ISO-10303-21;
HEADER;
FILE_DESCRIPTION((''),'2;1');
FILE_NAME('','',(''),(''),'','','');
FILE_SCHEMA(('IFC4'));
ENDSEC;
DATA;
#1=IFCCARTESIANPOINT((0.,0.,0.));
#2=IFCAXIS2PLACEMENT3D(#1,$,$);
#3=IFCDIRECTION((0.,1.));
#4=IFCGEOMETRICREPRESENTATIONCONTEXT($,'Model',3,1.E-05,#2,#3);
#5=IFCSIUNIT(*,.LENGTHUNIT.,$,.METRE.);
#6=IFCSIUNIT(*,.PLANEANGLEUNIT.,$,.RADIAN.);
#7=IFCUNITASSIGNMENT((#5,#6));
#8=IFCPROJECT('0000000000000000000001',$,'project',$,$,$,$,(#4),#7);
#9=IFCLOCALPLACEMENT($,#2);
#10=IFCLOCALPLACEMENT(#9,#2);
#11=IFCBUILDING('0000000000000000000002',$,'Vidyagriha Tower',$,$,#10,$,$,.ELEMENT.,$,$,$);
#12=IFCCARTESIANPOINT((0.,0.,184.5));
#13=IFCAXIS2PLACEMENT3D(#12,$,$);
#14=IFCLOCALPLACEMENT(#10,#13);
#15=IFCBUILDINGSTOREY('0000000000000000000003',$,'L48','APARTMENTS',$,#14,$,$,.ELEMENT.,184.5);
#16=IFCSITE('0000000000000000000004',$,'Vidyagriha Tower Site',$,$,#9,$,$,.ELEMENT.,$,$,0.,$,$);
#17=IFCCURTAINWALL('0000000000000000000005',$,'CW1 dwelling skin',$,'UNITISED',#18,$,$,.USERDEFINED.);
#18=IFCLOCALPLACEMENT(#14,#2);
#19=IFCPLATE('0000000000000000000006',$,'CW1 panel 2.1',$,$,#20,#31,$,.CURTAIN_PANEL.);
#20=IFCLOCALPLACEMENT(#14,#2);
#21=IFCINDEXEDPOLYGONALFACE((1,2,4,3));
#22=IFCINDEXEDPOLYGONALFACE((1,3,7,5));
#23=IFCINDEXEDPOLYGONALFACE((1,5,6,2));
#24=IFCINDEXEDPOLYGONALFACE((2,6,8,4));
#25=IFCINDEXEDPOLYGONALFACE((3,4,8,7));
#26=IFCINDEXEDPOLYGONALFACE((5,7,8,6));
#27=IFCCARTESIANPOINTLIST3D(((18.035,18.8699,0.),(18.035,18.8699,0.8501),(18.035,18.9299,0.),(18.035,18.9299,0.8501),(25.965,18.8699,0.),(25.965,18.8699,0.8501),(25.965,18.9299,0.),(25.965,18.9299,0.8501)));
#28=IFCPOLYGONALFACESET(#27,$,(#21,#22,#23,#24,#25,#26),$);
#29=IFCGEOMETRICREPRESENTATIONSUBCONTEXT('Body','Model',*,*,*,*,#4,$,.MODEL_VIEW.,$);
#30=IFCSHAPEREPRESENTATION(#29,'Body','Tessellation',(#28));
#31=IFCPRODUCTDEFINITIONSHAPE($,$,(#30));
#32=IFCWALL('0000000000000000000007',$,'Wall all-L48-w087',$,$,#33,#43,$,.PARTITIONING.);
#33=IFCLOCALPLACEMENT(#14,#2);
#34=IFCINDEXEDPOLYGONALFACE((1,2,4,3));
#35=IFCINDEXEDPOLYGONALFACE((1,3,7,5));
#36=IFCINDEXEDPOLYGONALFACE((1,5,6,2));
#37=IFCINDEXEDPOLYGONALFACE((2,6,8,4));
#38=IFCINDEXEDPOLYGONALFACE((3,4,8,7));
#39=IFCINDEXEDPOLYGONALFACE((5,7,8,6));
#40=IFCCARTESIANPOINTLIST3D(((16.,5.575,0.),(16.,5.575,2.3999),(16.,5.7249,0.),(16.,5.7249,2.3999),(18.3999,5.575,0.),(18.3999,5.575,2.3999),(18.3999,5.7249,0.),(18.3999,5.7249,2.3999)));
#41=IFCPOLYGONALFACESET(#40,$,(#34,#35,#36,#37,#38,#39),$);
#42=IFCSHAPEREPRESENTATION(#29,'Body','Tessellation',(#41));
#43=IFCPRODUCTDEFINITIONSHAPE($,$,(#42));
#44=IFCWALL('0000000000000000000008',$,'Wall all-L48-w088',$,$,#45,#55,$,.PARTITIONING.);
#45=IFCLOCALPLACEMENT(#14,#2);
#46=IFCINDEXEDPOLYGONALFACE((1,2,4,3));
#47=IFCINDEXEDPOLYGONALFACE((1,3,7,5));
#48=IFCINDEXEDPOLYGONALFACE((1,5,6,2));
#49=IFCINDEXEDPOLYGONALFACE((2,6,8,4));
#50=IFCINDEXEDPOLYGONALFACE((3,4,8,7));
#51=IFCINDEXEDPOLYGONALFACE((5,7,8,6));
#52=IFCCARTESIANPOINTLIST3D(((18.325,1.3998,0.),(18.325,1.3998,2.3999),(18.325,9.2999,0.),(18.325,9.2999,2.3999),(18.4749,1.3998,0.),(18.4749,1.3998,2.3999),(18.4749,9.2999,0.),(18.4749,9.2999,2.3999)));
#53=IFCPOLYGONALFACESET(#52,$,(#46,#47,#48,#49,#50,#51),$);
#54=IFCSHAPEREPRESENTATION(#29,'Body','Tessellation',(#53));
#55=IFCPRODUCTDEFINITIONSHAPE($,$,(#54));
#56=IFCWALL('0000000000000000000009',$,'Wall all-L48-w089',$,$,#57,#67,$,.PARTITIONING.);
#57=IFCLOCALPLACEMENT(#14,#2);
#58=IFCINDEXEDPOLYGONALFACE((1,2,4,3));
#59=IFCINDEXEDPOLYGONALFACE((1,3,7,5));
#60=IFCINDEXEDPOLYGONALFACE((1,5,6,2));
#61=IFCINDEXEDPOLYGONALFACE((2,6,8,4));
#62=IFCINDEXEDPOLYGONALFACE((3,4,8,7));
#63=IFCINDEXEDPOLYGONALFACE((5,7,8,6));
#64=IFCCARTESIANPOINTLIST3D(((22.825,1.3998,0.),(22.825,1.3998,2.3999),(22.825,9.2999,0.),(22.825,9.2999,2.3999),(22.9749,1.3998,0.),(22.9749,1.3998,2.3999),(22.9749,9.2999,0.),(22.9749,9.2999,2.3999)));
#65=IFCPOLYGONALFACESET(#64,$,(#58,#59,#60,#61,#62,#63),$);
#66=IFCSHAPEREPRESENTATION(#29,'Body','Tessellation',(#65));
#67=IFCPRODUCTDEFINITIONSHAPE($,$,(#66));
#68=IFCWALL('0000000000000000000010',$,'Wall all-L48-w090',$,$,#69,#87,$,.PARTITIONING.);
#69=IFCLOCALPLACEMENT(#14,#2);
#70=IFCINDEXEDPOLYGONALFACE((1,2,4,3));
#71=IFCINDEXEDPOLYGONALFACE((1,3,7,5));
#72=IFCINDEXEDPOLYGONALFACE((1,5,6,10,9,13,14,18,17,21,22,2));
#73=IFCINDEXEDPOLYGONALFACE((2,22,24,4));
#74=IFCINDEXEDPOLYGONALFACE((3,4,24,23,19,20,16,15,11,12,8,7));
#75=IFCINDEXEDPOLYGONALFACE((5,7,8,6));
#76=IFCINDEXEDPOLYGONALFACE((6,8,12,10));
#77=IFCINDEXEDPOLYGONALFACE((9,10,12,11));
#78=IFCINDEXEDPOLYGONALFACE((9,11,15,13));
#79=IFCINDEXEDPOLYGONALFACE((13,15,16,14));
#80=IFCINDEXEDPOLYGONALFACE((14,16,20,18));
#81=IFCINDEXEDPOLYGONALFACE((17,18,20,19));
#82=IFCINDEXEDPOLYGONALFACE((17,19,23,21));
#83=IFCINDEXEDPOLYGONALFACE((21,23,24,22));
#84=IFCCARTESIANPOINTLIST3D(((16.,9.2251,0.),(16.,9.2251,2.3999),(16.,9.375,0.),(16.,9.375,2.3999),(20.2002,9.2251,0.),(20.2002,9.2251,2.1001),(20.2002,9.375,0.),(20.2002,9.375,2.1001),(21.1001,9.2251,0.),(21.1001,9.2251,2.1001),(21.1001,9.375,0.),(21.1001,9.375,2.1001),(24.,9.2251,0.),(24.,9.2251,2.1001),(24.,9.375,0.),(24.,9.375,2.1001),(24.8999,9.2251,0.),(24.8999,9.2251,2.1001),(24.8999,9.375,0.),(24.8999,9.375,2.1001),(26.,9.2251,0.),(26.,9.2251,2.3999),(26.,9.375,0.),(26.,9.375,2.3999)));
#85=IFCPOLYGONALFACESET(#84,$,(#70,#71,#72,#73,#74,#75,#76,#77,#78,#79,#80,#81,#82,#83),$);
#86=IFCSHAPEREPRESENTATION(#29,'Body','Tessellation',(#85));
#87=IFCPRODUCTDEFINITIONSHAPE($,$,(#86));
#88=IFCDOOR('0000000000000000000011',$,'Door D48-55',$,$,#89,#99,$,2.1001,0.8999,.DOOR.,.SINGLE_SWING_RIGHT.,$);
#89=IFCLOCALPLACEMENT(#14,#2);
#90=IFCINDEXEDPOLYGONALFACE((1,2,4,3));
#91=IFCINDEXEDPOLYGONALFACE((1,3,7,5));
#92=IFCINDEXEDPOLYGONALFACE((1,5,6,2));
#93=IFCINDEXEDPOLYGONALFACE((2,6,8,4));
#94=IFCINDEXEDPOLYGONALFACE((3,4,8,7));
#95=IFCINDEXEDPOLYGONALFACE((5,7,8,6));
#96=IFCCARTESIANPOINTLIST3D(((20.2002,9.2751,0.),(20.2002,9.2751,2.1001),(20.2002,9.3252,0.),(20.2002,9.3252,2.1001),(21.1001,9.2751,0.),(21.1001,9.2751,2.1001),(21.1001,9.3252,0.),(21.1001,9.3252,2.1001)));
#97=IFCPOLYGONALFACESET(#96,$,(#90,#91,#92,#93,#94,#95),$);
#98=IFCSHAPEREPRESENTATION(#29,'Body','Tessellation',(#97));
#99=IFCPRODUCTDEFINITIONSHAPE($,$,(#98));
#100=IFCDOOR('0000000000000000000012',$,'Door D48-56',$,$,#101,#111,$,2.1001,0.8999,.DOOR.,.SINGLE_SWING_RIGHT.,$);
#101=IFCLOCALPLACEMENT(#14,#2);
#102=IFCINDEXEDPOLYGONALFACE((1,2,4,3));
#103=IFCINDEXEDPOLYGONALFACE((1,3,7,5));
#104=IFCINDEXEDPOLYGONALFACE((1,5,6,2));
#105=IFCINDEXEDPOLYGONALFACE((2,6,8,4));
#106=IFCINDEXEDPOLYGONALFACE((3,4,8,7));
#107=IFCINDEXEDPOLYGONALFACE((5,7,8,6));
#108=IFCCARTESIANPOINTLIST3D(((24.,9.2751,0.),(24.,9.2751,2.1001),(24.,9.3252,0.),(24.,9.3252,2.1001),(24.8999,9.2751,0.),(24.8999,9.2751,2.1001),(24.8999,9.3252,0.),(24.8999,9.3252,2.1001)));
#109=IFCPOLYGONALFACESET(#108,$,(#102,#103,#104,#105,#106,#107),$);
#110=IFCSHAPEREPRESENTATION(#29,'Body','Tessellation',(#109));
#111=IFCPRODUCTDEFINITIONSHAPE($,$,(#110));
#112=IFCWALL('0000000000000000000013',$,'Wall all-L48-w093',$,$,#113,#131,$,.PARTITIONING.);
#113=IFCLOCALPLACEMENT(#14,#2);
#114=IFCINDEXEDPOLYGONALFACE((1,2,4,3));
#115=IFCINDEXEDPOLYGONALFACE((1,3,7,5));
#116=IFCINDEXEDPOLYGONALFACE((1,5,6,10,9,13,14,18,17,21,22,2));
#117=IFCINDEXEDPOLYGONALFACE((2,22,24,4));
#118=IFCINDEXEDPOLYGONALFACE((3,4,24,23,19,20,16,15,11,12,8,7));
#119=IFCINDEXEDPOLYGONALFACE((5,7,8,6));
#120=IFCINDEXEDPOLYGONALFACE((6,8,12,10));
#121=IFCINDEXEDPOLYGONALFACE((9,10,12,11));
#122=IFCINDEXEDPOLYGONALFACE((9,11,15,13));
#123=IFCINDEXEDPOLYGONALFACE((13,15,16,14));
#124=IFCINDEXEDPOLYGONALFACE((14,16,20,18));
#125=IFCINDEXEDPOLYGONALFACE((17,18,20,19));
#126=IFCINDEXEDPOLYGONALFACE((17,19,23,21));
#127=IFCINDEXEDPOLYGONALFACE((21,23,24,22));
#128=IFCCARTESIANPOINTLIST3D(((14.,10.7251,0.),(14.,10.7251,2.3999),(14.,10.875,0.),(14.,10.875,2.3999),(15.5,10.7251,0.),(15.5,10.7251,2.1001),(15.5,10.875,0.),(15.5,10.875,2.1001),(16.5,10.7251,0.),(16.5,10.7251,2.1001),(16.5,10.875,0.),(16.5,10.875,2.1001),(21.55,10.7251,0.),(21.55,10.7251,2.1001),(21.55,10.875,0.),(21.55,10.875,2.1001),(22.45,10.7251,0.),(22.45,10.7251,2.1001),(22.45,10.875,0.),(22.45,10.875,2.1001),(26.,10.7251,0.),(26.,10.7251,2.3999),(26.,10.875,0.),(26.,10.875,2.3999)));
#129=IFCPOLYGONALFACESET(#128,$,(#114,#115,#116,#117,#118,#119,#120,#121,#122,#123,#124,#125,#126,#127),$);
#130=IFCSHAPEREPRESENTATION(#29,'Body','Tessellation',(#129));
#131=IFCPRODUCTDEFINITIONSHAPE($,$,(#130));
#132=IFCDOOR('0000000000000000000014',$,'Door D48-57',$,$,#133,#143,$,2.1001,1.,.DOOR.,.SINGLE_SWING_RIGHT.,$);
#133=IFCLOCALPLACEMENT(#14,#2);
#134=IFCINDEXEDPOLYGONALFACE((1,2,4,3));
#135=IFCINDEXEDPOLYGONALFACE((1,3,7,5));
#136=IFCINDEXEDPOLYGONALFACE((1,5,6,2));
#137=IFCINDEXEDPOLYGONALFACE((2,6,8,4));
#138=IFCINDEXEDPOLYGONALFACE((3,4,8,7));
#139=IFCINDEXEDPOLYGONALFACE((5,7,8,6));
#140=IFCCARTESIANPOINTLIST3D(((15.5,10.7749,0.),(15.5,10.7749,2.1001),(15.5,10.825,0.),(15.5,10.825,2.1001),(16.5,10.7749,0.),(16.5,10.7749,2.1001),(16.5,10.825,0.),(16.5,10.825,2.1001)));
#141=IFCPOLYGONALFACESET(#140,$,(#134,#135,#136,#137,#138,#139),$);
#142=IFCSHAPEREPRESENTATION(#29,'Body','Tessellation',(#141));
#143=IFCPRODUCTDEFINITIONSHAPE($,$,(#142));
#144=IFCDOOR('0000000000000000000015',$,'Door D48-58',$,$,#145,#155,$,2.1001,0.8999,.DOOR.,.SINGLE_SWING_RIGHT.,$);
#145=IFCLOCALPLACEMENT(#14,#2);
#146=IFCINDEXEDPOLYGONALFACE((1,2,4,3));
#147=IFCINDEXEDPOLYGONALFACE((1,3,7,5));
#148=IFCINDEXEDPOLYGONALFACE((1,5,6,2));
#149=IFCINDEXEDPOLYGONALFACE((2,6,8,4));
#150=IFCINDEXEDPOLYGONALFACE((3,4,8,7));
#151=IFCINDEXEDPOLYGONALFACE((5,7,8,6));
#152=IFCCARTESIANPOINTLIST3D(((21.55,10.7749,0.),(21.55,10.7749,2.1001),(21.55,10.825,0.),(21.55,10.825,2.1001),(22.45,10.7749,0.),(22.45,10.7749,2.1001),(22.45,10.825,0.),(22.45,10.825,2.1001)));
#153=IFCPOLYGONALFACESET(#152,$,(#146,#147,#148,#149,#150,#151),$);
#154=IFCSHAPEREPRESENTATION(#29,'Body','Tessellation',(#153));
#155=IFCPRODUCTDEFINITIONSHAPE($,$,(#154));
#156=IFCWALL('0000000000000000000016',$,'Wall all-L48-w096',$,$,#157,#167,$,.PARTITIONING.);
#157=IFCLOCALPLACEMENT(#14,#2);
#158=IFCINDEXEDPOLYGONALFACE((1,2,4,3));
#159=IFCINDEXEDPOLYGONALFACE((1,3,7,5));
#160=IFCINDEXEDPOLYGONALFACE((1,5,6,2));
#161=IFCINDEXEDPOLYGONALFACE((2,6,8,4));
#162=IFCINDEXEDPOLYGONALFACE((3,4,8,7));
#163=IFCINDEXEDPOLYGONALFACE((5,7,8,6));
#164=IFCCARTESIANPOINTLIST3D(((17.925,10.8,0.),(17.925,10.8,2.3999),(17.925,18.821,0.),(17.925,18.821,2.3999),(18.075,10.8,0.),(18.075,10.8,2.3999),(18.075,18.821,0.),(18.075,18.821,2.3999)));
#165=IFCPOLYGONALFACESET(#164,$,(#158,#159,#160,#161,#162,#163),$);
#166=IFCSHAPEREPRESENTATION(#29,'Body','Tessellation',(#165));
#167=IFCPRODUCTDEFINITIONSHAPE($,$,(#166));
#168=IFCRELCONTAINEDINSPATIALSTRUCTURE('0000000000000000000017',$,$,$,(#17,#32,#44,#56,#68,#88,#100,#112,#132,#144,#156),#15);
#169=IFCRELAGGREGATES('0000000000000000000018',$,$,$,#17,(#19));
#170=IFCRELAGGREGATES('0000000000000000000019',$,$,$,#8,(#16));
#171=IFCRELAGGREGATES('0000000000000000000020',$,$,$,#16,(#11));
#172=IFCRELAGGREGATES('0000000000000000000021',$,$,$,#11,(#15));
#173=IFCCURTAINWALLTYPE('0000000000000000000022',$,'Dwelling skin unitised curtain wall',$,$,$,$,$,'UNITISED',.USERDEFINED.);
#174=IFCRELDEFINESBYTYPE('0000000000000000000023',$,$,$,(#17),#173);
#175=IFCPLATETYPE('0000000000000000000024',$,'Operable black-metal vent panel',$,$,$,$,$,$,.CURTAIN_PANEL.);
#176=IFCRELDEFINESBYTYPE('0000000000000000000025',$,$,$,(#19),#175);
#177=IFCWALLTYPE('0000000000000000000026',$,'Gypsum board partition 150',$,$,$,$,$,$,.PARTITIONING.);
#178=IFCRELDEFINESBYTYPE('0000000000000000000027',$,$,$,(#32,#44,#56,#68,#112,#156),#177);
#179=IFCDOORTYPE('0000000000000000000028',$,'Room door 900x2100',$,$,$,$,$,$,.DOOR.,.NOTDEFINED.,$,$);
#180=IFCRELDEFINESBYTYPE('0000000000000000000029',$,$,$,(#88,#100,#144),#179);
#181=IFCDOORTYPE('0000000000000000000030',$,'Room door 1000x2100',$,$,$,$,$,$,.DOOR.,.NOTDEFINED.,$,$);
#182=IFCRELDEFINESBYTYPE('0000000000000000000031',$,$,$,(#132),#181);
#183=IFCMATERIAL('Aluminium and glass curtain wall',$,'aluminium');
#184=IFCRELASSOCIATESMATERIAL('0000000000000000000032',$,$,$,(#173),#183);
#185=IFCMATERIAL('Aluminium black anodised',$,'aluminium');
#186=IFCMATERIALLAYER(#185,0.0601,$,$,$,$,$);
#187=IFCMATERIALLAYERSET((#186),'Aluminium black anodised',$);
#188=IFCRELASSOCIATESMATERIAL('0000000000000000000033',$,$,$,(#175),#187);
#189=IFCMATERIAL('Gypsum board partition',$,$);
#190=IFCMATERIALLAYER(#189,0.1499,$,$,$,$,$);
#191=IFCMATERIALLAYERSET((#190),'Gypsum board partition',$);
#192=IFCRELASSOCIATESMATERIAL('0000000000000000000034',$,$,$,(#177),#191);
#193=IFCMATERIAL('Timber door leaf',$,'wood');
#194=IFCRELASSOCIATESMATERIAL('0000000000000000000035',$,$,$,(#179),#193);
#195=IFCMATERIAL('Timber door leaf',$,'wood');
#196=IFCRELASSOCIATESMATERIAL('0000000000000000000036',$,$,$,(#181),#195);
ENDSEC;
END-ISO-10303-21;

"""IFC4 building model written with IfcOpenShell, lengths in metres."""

from ifc_helpers import new_model, si_unit, direction, frame, frame_2d, origin, origin_2d, place, context, subcontext, project, spatial, rectangle, extrude, material, layer, layer_set, type_object, element, fill, aggregate, save


model = new_model("IFC4")

# Units and contexts
model_context = context("Model", 3, precision=1e-05, world=origin(), true_north=direction((0.0, 1.0)))
body_context = subcontext(model_context, "Body", "Model", "MODEL_VIEW")
ifc_project = project(units=[si_unit("LENGTHUNIT", "METRE"), si_unit("PLANEANGLEUNIT", "RADIAN")], contexts=[model_context])

# Site, building, storey
site_placement = place(None, origin())
site = spatial("IfcSite", under=ifc_project, at=site_placement, Name="Vidyagriha Tower Site", CompositionType="ELEMENT", RefElevation=0.0)
building_placement = place(site_placement, origin())
building = spatial("IfcBuilding", under=site, at=building_placement, Name="Vidyagriha Tower", CompositionType="ELEMENT")
storey_placement = place(building_placement, frame((0.0, 0.0, 184.5)))
storey = spatial("IfcBuildingStorey", under=building, at=storey_placement, Name="L48", Description="APARTMENTS", CompositionType="ELEMENT", Elevation=184.5)

# Curtain wall, plate
ifc_material_1 = material(Name="Aluminium and glass curtain wall", Category="aluminium")
curtain_wall_type = type_object("IfcCurtainWallType", Name="Dwelling skin unitised curtain wall", ElementType="UNITISED", PredefinedType="USERDEFINED", material=ifc_material_1)
curtain_wall_placement = place(storey_placement, origin())
curtain_wall = element("IfcCurtainWall", 1, at=curtain_wall_placement, inside=storey, type_object=curtain_wall_type, Name="CW1 dwelling skin", ObjectType="UNITISED", PredefinedType="USERDEFINED")
ifc_material_2 = material(Name="Aluminium black anodised", Category="aluminium")
ifc_layer_1 = layer(ifc_material_2, 0.0601)
ifc_layer_set_1 = layer_set([ifc_layer_1], Name="Aluminium black anodised")
plate_type_1 = type_object("IfcPlateType", Name="Operable black-metal vent panel", PredefinedType="CURTAIN_PANEL", material=ifc_layer_set_1)
plate_1_placement = place(storey_placement, frame((22.0, 18.8999, 0.0), z_axis=(0.0, 0.0, 1.0), x_axis=(-1.0, 0.0, 0.0)))
plate_1 = element("IfcPlate", 2, at=plate_1_placement, type_object=plate_type_1, Name="CW1 panel 2.1", PredefinedType="CURTAIN_PANEL", context=body_context, shape_type="SweptSolid", body=[
    extrude(rectangle(XDim=7.9299, YDim=0.0601, at=origin_2d()), origin(), (0.0, 0.0, 1.0), 0.8501),
])
aggregate(curtain_wall, [plate_1])

# Walls
ifc_material_3 = material(Name="Gypsum board partition")
ifc_layer_2 = layer(ifc_material_3, 0.1499)
ifc_layer_set_2 = layer_set([ifc_layer_2], Name="Gypsum board partition")
wall_type_1 = type_object("IfcWallType", Name="Gypsum board partition 150", PredefinedType="PARTITIONING", material=ifc_layer_set_2)
wall_1_placement = place(storey_placement, frame((16.0, 5.6499, 0.0)))
element("IfcWall", 3, at=wall_1_placement, inside=storey, type_object=wall_type_1, Name="Wall all-L48-w087", PredefinedType="PARTITIONING", context=body_context, shape_type="SweptSolid", body=[
    extrude(rectangle(XDim=2.3999, YDim=0.1499, at=frame_2d((1.2, 0.0))), origin(), (0.0, 0.0, 1.0), 2.3999),
])
for number, where, z_axis, x_axis, name in (
    (4, (18.3999, 9.3, 0.0), (0.0, 0.0, 1.0), (0.0, -1.0, 0.0), "Wall all-L48-w088"),
    (5, (22.8999, 9.3, 0.0), (0.0, 0.0, 1.0), (0.0, -1.0, 0.0), "Wall all-L48-w089"),
):
    element("IfcWall", number, at=place(storey_placement, frame(where, z_axis=z_axis, x_axis=x_axis)), inside=storey, type_object=wall_type_1, Name=name, PredefinedType="PARTITIONING", context=body_context, shape_type="SweptSolid", body=[
        extrude(rectangle(XDim=7.9001, YDim=0.1499, at=frame_2d((3.9502, 0.0))), origin(), (0.0, 0.0, 1.0), 2.3999),
    ])

# Walls, openings, doors
wall_2_placement = place(storey_placement, frame((26.0, 9.3, 0.0), z_axis=(0.0, 0.0, 1.0), x_axis=(-1.0, 0.0, 0.0)))
wall_2 = element("IfcWall", 6, at=wall_2_placement, inside=storey, type_object=wall_type_1, Name="Wall all-L48-w090", PredefinedType="PARTITIONING", context=body_context, shape_type="SweptSolid", body=[
    extrude(rectangle(XDim=10.0, YDim=0.1499, at=frame_2d((5.0, 0.0))), origin(), (0.0, 0.0, 1.0), 2.3999),
])
opening_1_placement = place(wall_2_placement, frame((4.8999, 0.0, 0.0)))
opening_1 = element("IfcOpeningElement", 7, at=opening_1_placement, cuts=wall_2, PredefinedType="OPENING", context=body_context, shape_type="SweptSolid", body=[
    extrude(rectangle(XDim=0.8999, YDim=2.1001, at=frame_2d((0.45, 1.05))), frame((0.0, 0.085, 0.0), z_axis=(0.0, -1.0, 0.0), x_axis=(1.0, 0.0, 0.0)), (0.0, 0.0, 1.0), 0.1699),
])
opening_2_placement = place(wall_2_placement, frame((1.1001, 0.0, 0.0)))
opening_2 = element("IfcOpeningElement", 8, at=opening_2_placement, cuts=wall_2, PredefinedType="OPENING", context=body_context, shape_type="SweptSolid", body=[
    extrude(rectangle(XDim=0.8999, YDim=2.1001, at=frame_2d((0.45, 1.05))), frame((0.0, 0.085, 0.0), z_axis=(0.0, -1.0, 0.0), x_axis=(1.0, 0.0, 0.0)), (0.0, 0.0, 1.0), 0.1699),
])
ifc_material_4 = material(Name="Timber door leaf", Category="wood")
door_type_1 = type_object("IfcDoorType", Name="Room door 900x2100", OperationType="NOTDEFINED", PredefinedType="DOOR", material=ifc_material_4)
door_1_placement = place(opening_1_placement, origin())
door_1 = element("IfcDoor", 9, at=door_1_placement, inside=storey, type_object=door_type_1, Name="Door D48-55", OperationType="SINGLE_SWING_RIGHT", OverallHeight=2.1001, OverallWidth=0.8999, PredefinedType="DOOR", context=body_context, shape_type="SweptSolid", body=[
    extrude(rectangle(XDim=0.8999, YDim=2.1001, at=frame_2d((0.45, 1.05))), frame((0.0, 0.0249, 0.0), z_axis=(0.0, -1.0, 0.0), x_axis=(1.0, 0.0, 0.0)), (0.0, 0.0, 1.0), 0.05),
])
fill(opening_1, door_1)
door_2_placement = place(opening_2_placement, origin())
door_2 = element("IfcDoor", 10, at=door_2_placement, inside=storey, type_object=door_type_1, Name="Door D48-56", OperationType="SINGLE_SWING_RIGHT", OverallHeight=2.1001, OverallWidth=0.8999, PredefinedType="DOOR", context=body_context, shape_type="SweptSolid", body=[
    extrude(rectangle(XDim=0.8999, YDim=2.1001, at=frame_2d((0.45, 1.05))), frame((0.0, 0.0249, 0.0), z_axis=(0.0, -1.0, 0.0), x_axis=(1.0, 0.0, 0.0)), (0.0, 0.0, 1.0), 0.05),
])
fill(opening_2, door_2)
wall_3_placement = place(storey_placement, frame((14.0, 10.8, 0.0)))
wall_3 = element("IfcWall", 11, at=wall_3_placement, inside=storey, type_object=wall_type_1, Name="Wall all-L48-w093", PredefinedType="PARTITIONING", context=body_context, shape_type="SweptSolid", body=[
    extrude(rectangle(XDim=12.0, YDim=0.1499, at=frame_2d((6.0, 0.0))), origin(), (0.0, 0.0, 1.0), 2.3999),
])
opening_3_placement = place(wall_3_placement, frame((1.5, 0.0, 0.0)))
opening_3 = element("IfcOpeningElement", 12, at=opening_3_placement, cuts=wall_3, PredefinedType="OPENING", context=body_context, shape_type="SweptSolid", body=[
    extrude(rectangle(XDim=1.0, YDim=2.1001, at=frame_2d((0.5, 1.05))), frame((0.0, 0.085, 0.0), z_axis=(0.0, -1.0, 0.0), x_axis=(1.0, 0.0, 0.0)), (0.0, 0.0, 1.0), 0.1699),
])
opening_4_placement = place(wall_3_placement, frame((7.55, 0.0, 0.0)))
opening_4 = element("IfcOpeningElement", 13, at=opening_4_placement, cuts=wall_3, PredefinedType="OPENING", context=body_context, shape_type="SweptSolid", body=[
    extrude(rectangle(XDim=0.8999, YDim=2.1001, at=frame_2d((0.45, 1.05))), frame((0.0, 0.085, 0.0), z_axis=(0.0, -1.0, 0.0), x_axis=(1.0, 0.0, 0.0)), (0.0, 0.0, 1.0), 0.1699),
])
ifc_material_5 = material(Name="Timber door leaf", Category="wood")
door_type_2 = type_object("IfcDoorType", Name="Room door 1000x2100", OperationType="NOTDEFINED", PredefinedType="DOOR", material=ifc_material_5)
door_3_placement = place(opening_3_placement, origin())
door_3 = element("IfcDoor", 14, at=door_3_placement, inside=storey, type_object=door_type_2, Name="Door D48-57", OperationType="SINGLE_SWING_RIGHT", OverallHeight=2.1001, OverallWidth=1.0, PredefinedType="DOOR", context=body_context, shape_type="SweptSolid", body=[
    extrude(rectangle(XDim=1.0, YDim=2.1001, at=frame_2d((0.5, 1.05))), frame((0.0, 0.0249, 0.0), z_axis=(0.0, -1.0, 0.0), x_axis=(1.0, 0.0, 0.0)), (0.0, 0.0, 1.0), 0.05),
])
fill(opening_3, door_3)
door_4_placement = place(opening_4_placement, origin())
door_4 = element("IfcDoor", 15, at=door_4_placement, inside=storey, type_object=door_type_1, Name="Door D48-58", OperationType="SINGLE_SWING_RIGHT", OverallHeight=2.1001, OverallWidth=0.8999, PredefinedType="DOOR", context=body_context, shape_type="SweptSolid", body=[
    extrude(rectangle(XDim=0.8999, YDim=2.1001, at=frame_2d((0.45, 1.05))), frame((0.0, 0.0249, 0.0), z_axis=(0.0, -1.0, 0.0), x_axis=(1.0, 0.0, 0.0)), (0.0, 0.0, 1.0), 0.05),
])
fill(opening_4, door_4)

# Wall
wall_4_placement = place(storey_placement, frame((18.0, 18.821, 0.0), z_axis=(0.0, 0.0, 1.0), x_axis=(0.0, -1.0, 0.0)))
element("IfcWall", 16, at=wall_4_placement, inside=storey, type_object=wall_type_1, Name="Wall all-L48-w096", PredefinedType="PARTITIONING", context=body_context, shape_type="SweptSolid", body=[
    extrude(rectangle(XDim=8.021, YDim=0.1499, at=frame_2d((4.0105, 0.0))), origin(), (0.0, 0.0, 1.0), 2.3999),
])

save(model, "model.ifc")
